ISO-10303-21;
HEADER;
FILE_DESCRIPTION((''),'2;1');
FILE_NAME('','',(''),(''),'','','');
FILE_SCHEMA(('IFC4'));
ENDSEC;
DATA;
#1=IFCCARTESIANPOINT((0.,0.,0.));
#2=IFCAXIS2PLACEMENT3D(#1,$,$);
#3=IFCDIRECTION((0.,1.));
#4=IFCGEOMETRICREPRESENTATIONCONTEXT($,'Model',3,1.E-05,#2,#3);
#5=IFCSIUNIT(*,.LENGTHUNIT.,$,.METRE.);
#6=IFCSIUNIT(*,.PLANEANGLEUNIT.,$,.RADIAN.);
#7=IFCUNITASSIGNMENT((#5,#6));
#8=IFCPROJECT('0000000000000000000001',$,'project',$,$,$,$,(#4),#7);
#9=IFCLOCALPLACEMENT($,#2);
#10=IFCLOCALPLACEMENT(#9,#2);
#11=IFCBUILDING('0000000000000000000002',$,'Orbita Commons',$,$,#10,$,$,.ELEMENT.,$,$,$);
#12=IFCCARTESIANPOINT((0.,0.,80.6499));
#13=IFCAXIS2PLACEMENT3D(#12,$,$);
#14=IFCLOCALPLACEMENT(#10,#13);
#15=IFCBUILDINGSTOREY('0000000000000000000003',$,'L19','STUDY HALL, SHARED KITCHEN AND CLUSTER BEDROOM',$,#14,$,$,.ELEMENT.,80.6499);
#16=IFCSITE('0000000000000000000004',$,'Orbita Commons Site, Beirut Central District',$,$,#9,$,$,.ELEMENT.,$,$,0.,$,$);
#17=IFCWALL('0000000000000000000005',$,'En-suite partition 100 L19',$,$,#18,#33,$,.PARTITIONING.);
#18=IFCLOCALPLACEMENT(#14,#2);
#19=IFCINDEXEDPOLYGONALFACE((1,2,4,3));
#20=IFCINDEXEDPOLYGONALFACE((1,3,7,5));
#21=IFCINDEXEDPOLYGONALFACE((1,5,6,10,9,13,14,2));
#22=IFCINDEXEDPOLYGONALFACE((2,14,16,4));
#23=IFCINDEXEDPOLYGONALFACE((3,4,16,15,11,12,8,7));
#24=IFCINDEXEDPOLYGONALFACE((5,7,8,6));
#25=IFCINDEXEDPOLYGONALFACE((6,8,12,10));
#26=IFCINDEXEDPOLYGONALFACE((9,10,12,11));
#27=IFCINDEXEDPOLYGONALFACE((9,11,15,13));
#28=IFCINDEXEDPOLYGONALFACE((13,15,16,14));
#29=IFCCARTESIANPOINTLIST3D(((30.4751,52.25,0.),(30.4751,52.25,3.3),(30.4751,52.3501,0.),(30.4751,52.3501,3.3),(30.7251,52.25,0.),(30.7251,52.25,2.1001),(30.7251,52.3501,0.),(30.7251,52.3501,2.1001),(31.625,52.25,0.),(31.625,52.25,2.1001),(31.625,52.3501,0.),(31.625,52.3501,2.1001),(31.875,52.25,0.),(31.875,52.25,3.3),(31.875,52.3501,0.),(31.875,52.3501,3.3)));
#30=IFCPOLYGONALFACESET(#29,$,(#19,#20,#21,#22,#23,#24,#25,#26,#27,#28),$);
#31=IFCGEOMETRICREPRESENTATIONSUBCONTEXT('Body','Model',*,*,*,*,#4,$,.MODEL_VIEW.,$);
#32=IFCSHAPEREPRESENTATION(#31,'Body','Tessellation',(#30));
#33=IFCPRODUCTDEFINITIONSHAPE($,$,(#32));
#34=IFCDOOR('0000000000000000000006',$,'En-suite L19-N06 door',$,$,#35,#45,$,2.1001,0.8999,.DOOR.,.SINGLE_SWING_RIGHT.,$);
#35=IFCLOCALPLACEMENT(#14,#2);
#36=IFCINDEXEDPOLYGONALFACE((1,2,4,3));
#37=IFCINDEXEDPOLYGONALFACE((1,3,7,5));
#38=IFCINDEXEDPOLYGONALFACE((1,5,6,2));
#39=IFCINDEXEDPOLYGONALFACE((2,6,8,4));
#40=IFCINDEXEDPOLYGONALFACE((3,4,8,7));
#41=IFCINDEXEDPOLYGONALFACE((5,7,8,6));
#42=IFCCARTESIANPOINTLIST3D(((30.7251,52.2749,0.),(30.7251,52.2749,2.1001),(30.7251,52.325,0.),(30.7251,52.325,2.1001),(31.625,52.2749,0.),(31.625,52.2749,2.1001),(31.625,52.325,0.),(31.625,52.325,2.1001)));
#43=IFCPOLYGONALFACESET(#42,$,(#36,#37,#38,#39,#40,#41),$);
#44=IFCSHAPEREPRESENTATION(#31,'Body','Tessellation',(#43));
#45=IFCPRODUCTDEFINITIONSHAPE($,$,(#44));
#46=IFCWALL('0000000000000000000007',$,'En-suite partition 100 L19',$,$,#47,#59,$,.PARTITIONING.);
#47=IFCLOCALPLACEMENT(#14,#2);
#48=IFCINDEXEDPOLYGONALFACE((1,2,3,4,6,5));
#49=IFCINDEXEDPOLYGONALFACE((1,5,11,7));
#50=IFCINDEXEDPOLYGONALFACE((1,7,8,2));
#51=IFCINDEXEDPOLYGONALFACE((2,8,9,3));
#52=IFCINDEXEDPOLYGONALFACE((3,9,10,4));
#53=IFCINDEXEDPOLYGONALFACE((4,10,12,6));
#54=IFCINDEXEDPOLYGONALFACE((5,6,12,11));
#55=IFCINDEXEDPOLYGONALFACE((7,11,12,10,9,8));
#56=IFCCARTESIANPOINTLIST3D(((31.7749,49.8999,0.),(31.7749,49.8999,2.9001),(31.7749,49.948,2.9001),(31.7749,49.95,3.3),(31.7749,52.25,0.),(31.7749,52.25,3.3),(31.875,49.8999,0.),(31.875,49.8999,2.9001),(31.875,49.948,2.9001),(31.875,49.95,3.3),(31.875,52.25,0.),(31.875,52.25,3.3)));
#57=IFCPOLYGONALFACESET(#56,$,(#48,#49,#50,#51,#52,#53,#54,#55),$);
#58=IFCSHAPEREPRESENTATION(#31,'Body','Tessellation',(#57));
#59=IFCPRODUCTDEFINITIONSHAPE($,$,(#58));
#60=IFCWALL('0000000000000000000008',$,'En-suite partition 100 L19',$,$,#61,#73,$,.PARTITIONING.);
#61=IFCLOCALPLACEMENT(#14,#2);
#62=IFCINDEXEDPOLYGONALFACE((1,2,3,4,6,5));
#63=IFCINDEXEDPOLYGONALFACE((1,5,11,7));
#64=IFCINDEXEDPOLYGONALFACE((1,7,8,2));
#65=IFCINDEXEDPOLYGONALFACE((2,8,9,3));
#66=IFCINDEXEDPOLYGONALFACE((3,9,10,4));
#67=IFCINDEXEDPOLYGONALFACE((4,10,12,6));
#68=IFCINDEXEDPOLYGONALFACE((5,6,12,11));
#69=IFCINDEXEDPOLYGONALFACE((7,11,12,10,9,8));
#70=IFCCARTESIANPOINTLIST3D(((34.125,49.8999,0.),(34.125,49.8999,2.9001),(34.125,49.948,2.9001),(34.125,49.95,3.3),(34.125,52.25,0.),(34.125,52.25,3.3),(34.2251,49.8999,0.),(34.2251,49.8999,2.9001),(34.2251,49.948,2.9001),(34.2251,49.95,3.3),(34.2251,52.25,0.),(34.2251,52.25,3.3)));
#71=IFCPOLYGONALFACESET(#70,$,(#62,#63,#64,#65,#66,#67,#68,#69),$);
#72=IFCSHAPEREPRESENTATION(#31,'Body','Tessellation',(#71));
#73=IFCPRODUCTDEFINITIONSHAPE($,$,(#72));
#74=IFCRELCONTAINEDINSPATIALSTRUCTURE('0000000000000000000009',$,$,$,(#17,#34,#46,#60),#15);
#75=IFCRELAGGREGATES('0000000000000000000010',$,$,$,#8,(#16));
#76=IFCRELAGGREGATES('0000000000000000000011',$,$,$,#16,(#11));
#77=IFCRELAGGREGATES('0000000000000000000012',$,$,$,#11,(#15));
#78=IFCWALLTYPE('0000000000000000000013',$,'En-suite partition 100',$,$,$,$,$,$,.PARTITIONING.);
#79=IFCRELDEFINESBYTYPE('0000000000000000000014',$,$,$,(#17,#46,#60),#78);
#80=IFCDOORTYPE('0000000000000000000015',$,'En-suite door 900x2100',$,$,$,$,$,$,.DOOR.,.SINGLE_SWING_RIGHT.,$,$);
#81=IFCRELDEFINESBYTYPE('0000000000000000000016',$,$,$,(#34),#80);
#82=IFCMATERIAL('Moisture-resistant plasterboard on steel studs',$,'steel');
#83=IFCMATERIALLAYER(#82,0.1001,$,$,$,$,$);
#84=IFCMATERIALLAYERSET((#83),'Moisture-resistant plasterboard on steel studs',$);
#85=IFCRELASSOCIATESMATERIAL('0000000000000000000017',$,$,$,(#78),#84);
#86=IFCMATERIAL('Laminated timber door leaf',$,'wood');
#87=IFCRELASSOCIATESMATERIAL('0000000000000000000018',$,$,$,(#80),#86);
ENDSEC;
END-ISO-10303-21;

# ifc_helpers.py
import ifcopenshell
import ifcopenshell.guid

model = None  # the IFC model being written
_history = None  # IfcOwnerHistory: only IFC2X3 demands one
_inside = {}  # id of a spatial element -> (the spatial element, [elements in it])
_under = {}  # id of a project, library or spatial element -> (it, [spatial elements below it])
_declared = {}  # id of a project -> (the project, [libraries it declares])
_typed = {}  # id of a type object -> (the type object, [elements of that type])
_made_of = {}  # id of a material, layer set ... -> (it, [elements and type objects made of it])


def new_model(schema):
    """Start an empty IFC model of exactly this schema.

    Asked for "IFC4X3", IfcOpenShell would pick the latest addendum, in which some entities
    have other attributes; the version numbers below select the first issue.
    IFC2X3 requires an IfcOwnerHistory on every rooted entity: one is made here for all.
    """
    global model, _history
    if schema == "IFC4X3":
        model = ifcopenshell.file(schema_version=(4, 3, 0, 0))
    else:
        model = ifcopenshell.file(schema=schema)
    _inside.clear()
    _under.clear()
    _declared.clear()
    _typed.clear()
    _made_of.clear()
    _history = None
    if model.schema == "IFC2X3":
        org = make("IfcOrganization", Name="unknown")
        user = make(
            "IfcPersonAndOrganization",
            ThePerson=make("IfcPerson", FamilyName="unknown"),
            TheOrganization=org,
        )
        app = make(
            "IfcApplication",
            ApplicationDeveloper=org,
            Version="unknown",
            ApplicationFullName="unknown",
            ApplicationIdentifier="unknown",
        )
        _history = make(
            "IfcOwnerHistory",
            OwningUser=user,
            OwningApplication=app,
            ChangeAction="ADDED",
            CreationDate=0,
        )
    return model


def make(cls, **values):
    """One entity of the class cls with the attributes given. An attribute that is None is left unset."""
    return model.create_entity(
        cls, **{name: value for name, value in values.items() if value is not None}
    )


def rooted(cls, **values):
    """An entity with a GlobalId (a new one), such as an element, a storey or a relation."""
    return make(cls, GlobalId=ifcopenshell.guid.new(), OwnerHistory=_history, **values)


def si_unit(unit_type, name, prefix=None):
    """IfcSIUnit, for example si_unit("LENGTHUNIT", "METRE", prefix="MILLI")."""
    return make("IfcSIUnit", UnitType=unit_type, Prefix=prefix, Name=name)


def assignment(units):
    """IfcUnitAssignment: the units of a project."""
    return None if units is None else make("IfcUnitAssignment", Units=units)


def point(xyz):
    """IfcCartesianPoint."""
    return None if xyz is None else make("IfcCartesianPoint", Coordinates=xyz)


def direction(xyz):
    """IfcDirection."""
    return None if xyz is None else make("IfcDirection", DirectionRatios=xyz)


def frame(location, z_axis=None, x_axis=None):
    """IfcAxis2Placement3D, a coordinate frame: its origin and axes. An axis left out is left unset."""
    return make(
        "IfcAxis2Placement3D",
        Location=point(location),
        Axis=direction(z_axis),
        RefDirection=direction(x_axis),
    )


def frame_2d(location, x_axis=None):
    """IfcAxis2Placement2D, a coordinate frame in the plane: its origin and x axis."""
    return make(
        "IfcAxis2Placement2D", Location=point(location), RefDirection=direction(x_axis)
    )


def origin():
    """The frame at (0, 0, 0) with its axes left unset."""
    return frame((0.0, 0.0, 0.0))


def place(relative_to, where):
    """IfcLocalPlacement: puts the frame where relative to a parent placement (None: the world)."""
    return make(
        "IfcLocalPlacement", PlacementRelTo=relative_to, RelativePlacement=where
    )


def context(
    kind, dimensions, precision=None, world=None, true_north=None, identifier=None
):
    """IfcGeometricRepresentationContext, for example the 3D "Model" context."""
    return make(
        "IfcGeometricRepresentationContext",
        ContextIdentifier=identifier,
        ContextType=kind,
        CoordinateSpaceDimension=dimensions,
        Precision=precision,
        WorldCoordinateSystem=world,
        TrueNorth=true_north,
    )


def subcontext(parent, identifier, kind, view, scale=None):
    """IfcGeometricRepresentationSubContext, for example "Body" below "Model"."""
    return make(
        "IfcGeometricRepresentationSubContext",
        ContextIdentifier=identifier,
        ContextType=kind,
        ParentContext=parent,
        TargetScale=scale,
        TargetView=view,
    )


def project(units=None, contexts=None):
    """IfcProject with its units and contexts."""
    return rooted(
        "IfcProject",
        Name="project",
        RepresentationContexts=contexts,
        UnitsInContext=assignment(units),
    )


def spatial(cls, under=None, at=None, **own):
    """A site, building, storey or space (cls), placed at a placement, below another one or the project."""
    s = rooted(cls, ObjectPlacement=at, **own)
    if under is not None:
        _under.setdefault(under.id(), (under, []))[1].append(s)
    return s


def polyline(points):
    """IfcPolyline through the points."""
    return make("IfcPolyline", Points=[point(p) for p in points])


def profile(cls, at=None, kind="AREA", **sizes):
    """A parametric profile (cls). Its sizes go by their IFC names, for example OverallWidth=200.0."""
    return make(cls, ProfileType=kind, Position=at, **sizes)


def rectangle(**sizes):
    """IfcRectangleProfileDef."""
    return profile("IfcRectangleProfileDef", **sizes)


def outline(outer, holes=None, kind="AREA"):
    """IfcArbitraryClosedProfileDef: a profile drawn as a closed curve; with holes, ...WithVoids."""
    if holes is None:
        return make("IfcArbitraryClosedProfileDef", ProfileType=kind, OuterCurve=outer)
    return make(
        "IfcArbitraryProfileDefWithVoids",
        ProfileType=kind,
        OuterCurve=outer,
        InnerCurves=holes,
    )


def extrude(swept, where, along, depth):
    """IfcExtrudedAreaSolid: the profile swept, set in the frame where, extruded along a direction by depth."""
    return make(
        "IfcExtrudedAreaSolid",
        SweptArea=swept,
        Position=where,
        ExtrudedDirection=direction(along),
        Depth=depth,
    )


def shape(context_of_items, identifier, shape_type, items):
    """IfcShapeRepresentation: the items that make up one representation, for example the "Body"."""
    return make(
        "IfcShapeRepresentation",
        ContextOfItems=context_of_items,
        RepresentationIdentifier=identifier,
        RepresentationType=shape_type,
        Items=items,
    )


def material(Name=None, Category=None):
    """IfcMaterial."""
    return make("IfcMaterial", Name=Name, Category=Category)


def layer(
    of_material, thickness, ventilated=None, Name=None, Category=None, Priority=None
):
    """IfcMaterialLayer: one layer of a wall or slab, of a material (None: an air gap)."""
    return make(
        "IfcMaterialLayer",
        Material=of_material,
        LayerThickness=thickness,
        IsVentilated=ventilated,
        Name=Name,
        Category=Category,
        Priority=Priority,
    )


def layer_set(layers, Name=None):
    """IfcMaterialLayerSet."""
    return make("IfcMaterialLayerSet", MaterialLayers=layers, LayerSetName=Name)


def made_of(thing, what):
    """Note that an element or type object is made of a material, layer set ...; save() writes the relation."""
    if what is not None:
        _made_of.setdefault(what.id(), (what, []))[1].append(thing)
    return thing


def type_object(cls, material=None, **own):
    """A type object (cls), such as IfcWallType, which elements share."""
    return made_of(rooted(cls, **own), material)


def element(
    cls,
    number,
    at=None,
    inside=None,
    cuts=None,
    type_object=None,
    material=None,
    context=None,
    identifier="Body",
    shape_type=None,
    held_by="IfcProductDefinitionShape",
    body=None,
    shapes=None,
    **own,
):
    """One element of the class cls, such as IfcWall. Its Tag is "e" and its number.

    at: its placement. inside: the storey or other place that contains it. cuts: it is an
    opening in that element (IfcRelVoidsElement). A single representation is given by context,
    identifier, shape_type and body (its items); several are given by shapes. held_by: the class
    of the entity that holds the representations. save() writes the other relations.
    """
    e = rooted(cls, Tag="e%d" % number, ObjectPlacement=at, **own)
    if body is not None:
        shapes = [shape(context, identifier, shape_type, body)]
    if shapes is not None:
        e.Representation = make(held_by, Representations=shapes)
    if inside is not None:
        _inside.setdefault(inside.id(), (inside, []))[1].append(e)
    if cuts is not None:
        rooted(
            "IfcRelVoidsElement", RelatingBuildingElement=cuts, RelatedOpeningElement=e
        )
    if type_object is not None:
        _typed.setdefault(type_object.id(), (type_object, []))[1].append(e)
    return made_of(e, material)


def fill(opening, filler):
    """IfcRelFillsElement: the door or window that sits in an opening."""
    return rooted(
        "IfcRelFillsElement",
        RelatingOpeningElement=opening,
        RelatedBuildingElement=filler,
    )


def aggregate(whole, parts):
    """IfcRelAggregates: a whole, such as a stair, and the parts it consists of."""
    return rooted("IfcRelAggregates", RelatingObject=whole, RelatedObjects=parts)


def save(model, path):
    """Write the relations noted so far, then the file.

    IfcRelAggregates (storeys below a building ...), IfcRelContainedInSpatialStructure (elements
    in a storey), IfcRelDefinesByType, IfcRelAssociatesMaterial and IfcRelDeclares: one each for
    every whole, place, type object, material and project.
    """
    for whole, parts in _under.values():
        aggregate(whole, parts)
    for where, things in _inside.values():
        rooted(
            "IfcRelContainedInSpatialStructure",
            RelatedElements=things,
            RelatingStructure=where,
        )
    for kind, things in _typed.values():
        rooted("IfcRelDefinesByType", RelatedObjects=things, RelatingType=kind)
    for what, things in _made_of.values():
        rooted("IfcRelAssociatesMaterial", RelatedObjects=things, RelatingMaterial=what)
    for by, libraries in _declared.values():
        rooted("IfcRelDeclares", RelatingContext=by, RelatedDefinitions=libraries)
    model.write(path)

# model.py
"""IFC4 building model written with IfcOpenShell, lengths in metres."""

from ifc_helpers import new_model, si_unit, direction, frame, frame_2d, origin, place, context, subcontext, project, spatial, polyline, rectangle, outline, extrude, material, layer, layer_set, type_object, element, fill, save


model = new_model("IFC4")

# Units and contexts
model_context = context("Model", 3, precision=1e-05, world=origin(), true_north=direction((0.0, 1.0)))
body_context = subcontext(model_context, "Body", "Model", "MODEL_VIEW")
ifc_project = project(units=[si_unit("LENGTHUNIT", "METRE"), si_unit("PLANEANGLEUNIT", "RADIAN")], contexts=[model_context])

# Site, building, storey
site_placement = place(None, origin())
site = spatial("IfcSite", under=ifc_project, at=site_placement, Name="Orbita Commons Site, Beirut Central District", CompositionType="ELEMENT", RefElevation=0.0)
building_placement = place(site_placement, origin())
building = spatial("IfcBuilding", under=site, at=building_placement, Name="Orbita Commons", CompositionType="ELEMENT")
storey_placement = place(building_placement, frame((0.0, 0.0, 80.6499)))
storey = spatial("IfcBuildingStorey", under=building, at=storey_placement, Name="L19", Description="STUDY HALL, SHARED KITCHEN AND CLUSTER BEDROOM", CompositionType="ELEMENT", Elevation=80.6499)

# Shared definitions
ifc_material_1 = material(Name="Moisture-resistant plasterboard on steel studs", Category="steel")
ifc_layer_1 = layer(ifc_material_1, 0.1001)
ifc_layer_set_1 = layer_set([ifc_layer_1], Name="Moisture-resistant plasterboard on steel studs")
wall_type_1 = type_object("IfcWallType", Name="En-suite partition 100", PredefinedType="PARTITIONING", material=ifc_layer_set_1)
ifc_material_2 = material(Name="Laminated timber door leaf", Category="wood")
door_type_1 = type_object("IfcDoorType", Name="En-suite door 900x2100", OperationType="SINGLE_SWING_RIGHT", PredefinedType="DOOR", material=ifc_material_2)

# Wall, opening, door
wall_1_placement = place(storey_placement, frame((30.4751, 52.3, 0.0), z_axis=(0.0, 0.0, 1.0), x_axis=(1.0, 0.0, 0.0)))
wall_1 = element("IfcWall", 1, at=wall_1_placement, inside=storey, type_object=wall_type_1, Name="En-suite partition 100 L19", PredefinedType="PARTITIONING", context=body_context, shape_type="SweptSolid", body=[
    extrude(rectangle(XDim=1.3999, YDim=0.1001, at=frame_2d((0.7, 0.0))), origin(), (0.0, 0.0, 1.0), 3.3),
])
opening_1_placement = place(wall_1_placement, frame((0.25, 0.0, 0.0)))
opening_1 = element("IfcOpeningElement", 2, at=opening_1_placement, cuts=wall_1, PredefinedType="OPENING", context=body_context, shape_type="SweptSolid", body=[
    extrude(rectangle(XDim=0.8999, YDim=2.1001, at=frame_2d((0.45, 1.05))), frame((0.0, 0.0601, 0.0), z_axis=(0.0, -1.0, 0.0), x_axis=(1.0, 0.0, 0.0)), (0.0, 0.0, 1.0), 0.1201),
])
door_1_placement = place(opening_1_placement, origin())
door_1 = element("IfcDoor", 3, at=door_1_placement, inside=storey, type_object=door_type_1, Name="En-suite L19-N06 door", OperationType="SINGLE_SWING_RIGHT", OverallHeight=2.1001, OverallWidth=0.8999, PredefinedType="DOOR", context=body_context, shape_type="SweptSolid", body=[
    extrude(rectangle(XDim=0.8999, YDim=2.1001, at=frame_2d((0.45, 1.05))), frame((0.0, 0.0249, 0.0), z_axis=(0.0, -1.0, 0.0), x_axis=(1.0, 0.0, 0.0)), (0.0, 0.0, 1.0), 0.05),
])
fill(opening_1, door_1)

# Walls
for number, where, z_axis, x_axis, name in (
    (4, (31.825, 52.25, 0.0), (0.0, 0.0, 1.0), (0.0, -1.0, 0.0), "En-suite partition 100 L19"),
    (5, (34.175, 52.25, 0.0), (0.0, 0.0, 1.0), (0.0, -1.0, 0.0), "En-suite partition 100 L19"),
):
    element("IfcWall", number, at=place(storey_placement, frame(where, z_axis=z_axis, x_axis=x_axis)), inside=storey, type_object=wall_type_1, Name=name, PredefinedType="PARTITIONING", context=body_context, shape_type="SweptSolid", body=[
        extrude(outline(polyline([(0.0, 0.0), (2.3501, 0.0), (2.3501, 2.9001), (2.302, 2.9001), (2.3, 3.3), (0.0, 3.3), (0.0, 0.0)])), frame((0.0, 0.05, 0.0), z_axis=(0.0, -1.0, 0.0), x_axis=(1.0, 0.0, 0.0)), (0.0, 0.0, 1.0), 0.1001),
    ])

save(model, "model.ifc")
